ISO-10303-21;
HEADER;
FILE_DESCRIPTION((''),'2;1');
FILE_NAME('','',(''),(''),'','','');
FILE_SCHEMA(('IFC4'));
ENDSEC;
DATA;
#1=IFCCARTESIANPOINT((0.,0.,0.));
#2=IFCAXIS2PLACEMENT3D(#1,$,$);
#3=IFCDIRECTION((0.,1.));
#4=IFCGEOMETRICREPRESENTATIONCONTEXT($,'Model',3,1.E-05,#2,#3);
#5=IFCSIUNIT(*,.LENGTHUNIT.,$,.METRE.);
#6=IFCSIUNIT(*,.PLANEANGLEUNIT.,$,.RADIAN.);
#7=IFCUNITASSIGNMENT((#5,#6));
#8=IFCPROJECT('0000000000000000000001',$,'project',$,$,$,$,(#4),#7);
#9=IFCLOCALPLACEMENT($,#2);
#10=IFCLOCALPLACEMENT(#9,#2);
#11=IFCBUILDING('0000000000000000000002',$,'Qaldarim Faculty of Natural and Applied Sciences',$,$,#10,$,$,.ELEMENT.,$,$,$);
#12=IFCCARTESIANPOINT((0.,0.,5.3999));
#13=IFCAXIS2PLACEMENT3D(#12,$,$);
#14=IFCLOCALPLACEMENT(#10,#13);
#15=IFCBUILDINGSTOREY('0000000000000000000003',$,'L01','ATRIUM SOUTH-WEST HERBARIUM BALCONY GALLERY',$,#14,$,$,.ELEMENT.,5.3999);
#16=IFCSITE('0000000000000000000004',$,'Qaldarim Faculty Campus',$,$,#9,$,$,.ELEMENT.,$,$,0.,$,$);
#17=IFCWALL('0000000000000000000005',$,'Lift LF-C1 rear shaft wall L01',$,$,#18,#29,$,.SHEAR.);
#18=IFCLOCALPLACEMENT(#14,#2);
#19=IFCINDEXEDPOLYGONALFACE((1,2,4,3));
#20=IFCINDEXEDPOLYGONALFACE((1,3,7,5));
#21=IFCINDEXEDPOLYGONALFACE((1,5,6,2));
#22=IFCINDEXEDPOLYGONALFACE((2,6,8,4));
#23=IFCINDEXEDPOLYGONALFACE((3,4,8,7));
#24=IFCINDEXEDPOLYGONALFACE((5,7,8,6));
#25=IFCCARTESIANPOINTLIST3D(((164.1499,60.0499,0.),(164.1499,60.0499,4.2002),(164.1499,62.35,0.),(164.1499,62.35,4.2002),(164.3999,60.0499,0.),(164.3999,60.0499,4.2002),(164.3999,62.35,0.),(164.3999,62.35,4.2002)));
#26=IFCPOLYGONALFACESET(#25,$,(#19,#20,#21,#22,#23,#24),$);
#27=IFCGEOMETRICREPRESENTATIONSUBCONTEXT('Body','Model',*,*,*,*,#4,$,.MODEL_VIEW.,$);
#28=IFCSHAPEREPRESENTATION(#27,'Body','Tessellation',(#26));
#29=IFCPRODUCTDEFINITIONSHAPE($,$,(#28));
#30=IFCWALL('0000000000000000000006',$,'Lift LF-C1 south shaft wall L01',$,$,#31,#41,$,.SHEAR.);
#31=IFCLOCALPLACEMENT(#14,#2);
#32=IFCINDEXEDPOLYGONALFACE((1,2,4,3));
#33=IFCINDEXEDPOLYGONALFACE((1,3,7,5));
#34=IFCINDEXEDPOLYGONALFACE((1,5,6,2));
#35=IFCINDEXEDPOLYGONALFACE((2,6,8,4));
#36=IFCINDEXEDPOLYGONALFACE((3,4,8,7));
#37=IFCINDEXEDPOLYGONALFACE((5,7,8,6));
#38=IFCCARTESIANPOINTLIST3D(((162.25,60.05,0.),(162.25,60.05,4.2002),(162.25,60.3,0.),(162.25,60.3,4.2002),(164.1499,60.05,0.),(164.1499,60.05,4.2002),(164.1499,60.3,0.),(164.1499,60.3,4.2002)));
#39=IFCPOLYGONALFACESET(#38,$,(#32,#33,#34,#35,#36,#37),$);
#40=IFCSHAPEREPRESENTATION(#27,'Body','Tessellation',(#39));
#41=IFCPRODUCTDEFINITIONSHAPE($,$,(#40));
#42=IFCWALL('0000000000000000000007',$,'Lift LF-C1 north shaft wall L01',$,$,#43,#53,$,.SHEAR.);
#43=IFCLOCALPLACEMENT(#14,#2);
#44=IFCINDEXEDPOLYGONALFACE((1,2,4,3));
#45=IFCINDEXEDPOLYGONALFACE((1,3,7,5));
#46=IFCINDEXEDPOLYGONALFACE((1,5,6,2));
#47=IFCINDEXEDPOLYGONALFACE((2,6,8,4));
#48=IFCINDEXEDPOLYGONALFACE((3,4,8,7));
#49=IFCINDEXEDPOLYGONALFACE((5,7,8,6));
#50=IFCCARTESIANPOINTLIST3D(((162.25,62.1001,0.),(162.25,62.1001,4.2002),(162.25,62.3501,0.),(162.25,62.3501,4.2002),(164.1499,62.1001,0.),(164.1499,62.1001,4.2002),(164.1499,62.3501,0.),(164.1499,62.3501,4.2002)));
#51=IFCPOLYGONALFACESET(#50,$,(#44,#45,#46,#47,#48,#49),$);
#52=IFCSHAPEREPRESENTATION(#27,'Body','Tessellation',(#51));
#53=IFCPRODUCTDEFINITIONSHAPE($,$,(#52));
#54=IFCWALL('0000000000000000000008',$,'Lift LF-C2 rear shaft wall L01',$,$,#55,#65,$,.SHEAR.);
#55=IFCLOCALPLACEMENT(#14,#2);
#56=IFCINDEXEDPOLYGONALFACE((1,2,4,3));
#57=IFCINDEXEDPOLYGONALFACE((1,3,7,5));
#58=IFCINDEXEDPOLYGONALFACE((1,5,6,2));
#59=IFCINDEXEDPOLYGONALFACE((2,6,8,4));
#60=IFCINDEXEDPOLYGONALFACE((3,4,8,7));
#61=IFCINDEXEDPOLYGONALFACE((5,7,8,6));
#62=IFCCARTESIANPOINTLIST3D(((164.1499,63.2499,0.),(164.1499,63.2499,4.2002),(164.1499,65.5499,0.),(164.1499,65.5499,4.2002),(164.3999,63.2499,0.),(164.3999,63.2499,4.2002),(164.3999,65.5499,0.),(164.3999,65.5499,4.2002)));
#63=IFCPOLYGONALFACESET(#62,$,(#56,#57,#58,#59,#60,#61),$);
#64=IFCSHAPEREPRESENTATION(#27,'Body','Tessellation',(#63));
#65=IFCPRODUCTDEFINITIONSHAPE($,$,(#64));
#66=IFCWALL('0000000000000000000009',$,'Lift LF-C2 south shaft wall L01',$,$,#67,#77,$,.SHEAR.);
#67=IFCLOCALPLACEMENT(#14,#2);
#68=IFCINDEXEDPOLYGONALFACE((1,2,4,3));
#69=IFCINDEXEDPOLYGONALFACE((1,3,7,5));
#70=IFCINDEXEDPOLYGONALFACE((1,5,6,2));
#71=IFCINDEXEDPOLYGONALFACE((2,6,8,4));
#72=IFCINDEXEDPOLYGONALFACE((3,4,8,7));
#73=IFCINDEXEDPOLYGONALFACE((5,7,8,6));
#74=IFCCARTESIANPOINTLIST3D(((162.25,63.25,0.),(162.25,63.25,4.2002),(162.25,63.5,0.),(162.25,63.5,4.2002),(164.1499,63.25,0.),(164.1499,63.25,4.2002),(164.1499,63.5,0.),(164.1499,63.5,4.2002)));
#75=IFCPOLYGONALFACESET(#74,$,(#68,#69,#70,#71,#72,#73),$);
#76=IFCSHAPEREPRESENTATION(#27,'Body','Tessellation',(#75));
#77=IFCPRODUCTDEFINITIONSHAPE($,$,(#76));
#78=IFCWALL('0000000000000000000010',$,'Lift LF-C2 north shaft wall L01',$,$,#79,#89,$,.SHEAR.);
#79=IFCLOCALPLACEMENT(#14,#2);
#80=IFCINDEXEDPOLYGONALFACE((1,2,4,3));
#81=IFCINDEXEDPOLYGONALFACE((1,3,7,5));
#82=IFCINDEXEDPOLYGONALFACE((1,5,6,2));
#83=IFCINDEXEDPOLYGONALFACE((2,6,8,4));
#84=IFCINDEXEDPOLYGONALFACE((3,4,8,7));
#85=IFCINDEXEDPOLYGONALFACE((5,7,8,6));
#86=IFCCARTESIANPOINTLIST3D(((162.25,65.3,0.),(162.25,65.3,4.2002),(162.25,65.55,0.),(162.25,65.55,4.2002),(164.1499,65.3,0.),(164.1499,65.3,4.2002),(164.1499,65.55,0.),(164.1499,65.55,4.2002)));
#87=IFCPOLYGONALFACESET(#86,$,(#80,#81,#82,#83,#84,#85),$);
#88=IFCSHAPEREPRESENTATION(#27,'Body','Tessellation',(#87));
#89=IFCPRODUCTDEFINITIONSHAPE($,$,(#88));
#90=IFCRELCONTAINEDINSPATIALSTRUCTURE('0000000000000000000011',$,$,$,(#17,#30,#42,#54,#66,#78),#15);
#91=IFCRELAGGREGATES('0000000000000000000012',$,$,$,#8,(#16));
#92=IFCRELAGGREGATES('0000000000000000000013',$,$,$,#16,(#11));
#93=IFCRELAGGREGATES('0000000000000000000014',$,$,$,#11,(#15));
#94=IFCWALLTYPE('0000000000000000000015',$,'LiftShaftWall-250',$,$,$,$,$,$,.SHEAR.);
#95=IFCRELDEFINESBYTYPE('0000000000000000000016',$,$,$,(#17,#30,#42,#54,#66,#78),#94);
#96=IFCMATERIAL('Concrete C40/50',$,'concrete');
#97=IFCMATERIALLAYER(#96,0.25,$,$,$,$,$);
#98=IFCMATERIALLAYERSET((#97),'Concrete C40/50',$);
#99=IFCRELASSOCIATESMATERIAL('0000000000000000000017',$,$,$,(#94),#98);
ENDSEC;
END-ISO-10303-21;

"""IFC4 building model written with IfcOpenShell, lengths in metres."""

from ifc_helpers import new_model, si_unit, direction, frame, frame_2d, origin, place, context, subcontext, project, spatial, rectangle, extrude, material, layer, layer_set, type_object, element, save


model = new_model("IFC4")

# Units and contexts
model_context = context("Model", 3, precision=1e-05, world=origin(), true_north=direction((0.0, 1.0)))
body_context = subcontext(model_context, "Body", "Model", "MODEL_VIEW")
ifc_project = project(units=[si_unit("LENGTHUNIT", "METRE"), si_unit("PLANEANGLEUNIT", "RADIAN")], contexts=[model_context])

# Site, building, storey
site_placement = place(None, origin())
site = spatial("IfcSite", under=ifc_project, at=site_placement, Name="Qaldarim Faculty Campus", CompositionType="ELEMENT", RefElevation=0.0)
building_placement = place(site_placement, origin())
building = spatial("IfcBuilding", under=site, at=building_placement, Name="Qaldarim Faculty of Natural and Applied Sciences", CompositionType="ELEMENT")
storey_placement = place(building_placement, frame((0.0, 0.0, 5.3999)))
storey = spatial("IfcBuildingStorey", under=building, at=storey_placement, Name="L01", Description="ATRIUM SOUTH-WEST HERBARIUM BALCONY GALLERY", CompositionType="ELEMENT", Elevation=5.3999)

# Shared definitions
ifc_material_1 = material(Name="Concrete C40/50", Category="concrete")

# Shared definitions
ifc_layer_1 = layer(ifc_material_1, 0.25)
ifc_layer_set_1 = layer_set([ifc_layer_1], Name="Concrete C40/50")
wall_type_1 = type_object("IfcWallType", Name="LiftShaftWall-250", PredefinedType="SHEAR", material=ifc_layer_set_1)

# Walls
wall_1_placement = place(storey_placement, frame((164.2749, 60.05, 0.0), z_axis=(0.0, 0.0, 1.0), x_axis=(0.0, 1.0, 0.0)))
element("IfcWall", 1, at=wall_1_placement, inside=storey, type_object=wall_type_1, Name="Lift LF-C1 rear shaft wall L01", PredefinedType="SHEAR", context=body_context, shape_type="SweptSolid", body=[
    extrude(rectangle(XDim=2.3, YDim=0.25, at=frame_2d((1.1499, 0.0))), origin(), (0.0, 0.0, 1.0), 4.2002),
])
for number, where, z_axis, x_axis, name in (
    (2, (162.25, 60.175, 0.0), (0.0, 0.0, 1.0), (1.0, 0.0, 0.0), "Lift LF-C1 south shaft wall L01"),
    (3, (162.25, 62.2251, 0.0), (0.0, 0.0, 1.0), (1.0, 0.0, 0.0), "Lift LF-C1 north shaft wall L01"),
):
    element("IfcWall", number, at=place(storey_placement, frame(where, z_axis=z_axis, x_axis=x_axis)), inside=storey, type_object=wall_type_1, Name=name, PredefinedType="SHEAR", context=body_context, shape_type="SweptSolid", body=[
        extrude(rectangle(XDim=1.8999, YDim=0.25, at=frame_2d((0.95, 0.0))), origin(), (0.0, 0.0, 1.0), 4.2002),
    ])

# Walls
wall_2_placement = place(storey_placement, frame((164.2749, 63.25, 0.0), z_axis=(0.0, 0.0, 1.0), x_axis=(0.0, 1.0, 0.0)))
element("IfcWall", 4, at=wall_2_placement, inside=storey, type_object=wall_type_1, Name="Lift LF-C2 rear shaft wall L01", PredefinedType="SHEAR", context=body_context, shape_type="SweptSolid", body=[
    extrude(rectangle(XDim=2.3, YDim=0.25, at=frame_2d((1.1499, 0.0))), origin(), (0.0, 0.0, 1.0), 4.2002),
])
for number, where, z_axis, x_axis, name in (
    (5, (162.25, 63.375, 0.0), (0.0, 0.0, 1.0), (1.0, 0.0, 0.0), "Lift LF-C2 south shaft wall L01"),
    (6, (162.25, 65.425, 0.0), (0.0, 0.0, 1.0), (1.0, 0.0, 0.0), "Lift LF-C2 north shaft wall L01"),
):
    element("IfcWall", number, at=place(storey_placement, frame(where, z_axis=z_axis, x_axis=x_axis)), inside=storey, type_object=wall_type_1, Name=name, PredefinedType="SHEAR", context=body_context, shape_type="SweptSolid", body=[
        extrude(rectangle(XDim=1.8999, YDim=0.25, at=frame_2d((0.95, 0.0))), origin(), (0.0, 0.0, 1.0), 4.2002),
    ])

save(model, "model.ifc")
